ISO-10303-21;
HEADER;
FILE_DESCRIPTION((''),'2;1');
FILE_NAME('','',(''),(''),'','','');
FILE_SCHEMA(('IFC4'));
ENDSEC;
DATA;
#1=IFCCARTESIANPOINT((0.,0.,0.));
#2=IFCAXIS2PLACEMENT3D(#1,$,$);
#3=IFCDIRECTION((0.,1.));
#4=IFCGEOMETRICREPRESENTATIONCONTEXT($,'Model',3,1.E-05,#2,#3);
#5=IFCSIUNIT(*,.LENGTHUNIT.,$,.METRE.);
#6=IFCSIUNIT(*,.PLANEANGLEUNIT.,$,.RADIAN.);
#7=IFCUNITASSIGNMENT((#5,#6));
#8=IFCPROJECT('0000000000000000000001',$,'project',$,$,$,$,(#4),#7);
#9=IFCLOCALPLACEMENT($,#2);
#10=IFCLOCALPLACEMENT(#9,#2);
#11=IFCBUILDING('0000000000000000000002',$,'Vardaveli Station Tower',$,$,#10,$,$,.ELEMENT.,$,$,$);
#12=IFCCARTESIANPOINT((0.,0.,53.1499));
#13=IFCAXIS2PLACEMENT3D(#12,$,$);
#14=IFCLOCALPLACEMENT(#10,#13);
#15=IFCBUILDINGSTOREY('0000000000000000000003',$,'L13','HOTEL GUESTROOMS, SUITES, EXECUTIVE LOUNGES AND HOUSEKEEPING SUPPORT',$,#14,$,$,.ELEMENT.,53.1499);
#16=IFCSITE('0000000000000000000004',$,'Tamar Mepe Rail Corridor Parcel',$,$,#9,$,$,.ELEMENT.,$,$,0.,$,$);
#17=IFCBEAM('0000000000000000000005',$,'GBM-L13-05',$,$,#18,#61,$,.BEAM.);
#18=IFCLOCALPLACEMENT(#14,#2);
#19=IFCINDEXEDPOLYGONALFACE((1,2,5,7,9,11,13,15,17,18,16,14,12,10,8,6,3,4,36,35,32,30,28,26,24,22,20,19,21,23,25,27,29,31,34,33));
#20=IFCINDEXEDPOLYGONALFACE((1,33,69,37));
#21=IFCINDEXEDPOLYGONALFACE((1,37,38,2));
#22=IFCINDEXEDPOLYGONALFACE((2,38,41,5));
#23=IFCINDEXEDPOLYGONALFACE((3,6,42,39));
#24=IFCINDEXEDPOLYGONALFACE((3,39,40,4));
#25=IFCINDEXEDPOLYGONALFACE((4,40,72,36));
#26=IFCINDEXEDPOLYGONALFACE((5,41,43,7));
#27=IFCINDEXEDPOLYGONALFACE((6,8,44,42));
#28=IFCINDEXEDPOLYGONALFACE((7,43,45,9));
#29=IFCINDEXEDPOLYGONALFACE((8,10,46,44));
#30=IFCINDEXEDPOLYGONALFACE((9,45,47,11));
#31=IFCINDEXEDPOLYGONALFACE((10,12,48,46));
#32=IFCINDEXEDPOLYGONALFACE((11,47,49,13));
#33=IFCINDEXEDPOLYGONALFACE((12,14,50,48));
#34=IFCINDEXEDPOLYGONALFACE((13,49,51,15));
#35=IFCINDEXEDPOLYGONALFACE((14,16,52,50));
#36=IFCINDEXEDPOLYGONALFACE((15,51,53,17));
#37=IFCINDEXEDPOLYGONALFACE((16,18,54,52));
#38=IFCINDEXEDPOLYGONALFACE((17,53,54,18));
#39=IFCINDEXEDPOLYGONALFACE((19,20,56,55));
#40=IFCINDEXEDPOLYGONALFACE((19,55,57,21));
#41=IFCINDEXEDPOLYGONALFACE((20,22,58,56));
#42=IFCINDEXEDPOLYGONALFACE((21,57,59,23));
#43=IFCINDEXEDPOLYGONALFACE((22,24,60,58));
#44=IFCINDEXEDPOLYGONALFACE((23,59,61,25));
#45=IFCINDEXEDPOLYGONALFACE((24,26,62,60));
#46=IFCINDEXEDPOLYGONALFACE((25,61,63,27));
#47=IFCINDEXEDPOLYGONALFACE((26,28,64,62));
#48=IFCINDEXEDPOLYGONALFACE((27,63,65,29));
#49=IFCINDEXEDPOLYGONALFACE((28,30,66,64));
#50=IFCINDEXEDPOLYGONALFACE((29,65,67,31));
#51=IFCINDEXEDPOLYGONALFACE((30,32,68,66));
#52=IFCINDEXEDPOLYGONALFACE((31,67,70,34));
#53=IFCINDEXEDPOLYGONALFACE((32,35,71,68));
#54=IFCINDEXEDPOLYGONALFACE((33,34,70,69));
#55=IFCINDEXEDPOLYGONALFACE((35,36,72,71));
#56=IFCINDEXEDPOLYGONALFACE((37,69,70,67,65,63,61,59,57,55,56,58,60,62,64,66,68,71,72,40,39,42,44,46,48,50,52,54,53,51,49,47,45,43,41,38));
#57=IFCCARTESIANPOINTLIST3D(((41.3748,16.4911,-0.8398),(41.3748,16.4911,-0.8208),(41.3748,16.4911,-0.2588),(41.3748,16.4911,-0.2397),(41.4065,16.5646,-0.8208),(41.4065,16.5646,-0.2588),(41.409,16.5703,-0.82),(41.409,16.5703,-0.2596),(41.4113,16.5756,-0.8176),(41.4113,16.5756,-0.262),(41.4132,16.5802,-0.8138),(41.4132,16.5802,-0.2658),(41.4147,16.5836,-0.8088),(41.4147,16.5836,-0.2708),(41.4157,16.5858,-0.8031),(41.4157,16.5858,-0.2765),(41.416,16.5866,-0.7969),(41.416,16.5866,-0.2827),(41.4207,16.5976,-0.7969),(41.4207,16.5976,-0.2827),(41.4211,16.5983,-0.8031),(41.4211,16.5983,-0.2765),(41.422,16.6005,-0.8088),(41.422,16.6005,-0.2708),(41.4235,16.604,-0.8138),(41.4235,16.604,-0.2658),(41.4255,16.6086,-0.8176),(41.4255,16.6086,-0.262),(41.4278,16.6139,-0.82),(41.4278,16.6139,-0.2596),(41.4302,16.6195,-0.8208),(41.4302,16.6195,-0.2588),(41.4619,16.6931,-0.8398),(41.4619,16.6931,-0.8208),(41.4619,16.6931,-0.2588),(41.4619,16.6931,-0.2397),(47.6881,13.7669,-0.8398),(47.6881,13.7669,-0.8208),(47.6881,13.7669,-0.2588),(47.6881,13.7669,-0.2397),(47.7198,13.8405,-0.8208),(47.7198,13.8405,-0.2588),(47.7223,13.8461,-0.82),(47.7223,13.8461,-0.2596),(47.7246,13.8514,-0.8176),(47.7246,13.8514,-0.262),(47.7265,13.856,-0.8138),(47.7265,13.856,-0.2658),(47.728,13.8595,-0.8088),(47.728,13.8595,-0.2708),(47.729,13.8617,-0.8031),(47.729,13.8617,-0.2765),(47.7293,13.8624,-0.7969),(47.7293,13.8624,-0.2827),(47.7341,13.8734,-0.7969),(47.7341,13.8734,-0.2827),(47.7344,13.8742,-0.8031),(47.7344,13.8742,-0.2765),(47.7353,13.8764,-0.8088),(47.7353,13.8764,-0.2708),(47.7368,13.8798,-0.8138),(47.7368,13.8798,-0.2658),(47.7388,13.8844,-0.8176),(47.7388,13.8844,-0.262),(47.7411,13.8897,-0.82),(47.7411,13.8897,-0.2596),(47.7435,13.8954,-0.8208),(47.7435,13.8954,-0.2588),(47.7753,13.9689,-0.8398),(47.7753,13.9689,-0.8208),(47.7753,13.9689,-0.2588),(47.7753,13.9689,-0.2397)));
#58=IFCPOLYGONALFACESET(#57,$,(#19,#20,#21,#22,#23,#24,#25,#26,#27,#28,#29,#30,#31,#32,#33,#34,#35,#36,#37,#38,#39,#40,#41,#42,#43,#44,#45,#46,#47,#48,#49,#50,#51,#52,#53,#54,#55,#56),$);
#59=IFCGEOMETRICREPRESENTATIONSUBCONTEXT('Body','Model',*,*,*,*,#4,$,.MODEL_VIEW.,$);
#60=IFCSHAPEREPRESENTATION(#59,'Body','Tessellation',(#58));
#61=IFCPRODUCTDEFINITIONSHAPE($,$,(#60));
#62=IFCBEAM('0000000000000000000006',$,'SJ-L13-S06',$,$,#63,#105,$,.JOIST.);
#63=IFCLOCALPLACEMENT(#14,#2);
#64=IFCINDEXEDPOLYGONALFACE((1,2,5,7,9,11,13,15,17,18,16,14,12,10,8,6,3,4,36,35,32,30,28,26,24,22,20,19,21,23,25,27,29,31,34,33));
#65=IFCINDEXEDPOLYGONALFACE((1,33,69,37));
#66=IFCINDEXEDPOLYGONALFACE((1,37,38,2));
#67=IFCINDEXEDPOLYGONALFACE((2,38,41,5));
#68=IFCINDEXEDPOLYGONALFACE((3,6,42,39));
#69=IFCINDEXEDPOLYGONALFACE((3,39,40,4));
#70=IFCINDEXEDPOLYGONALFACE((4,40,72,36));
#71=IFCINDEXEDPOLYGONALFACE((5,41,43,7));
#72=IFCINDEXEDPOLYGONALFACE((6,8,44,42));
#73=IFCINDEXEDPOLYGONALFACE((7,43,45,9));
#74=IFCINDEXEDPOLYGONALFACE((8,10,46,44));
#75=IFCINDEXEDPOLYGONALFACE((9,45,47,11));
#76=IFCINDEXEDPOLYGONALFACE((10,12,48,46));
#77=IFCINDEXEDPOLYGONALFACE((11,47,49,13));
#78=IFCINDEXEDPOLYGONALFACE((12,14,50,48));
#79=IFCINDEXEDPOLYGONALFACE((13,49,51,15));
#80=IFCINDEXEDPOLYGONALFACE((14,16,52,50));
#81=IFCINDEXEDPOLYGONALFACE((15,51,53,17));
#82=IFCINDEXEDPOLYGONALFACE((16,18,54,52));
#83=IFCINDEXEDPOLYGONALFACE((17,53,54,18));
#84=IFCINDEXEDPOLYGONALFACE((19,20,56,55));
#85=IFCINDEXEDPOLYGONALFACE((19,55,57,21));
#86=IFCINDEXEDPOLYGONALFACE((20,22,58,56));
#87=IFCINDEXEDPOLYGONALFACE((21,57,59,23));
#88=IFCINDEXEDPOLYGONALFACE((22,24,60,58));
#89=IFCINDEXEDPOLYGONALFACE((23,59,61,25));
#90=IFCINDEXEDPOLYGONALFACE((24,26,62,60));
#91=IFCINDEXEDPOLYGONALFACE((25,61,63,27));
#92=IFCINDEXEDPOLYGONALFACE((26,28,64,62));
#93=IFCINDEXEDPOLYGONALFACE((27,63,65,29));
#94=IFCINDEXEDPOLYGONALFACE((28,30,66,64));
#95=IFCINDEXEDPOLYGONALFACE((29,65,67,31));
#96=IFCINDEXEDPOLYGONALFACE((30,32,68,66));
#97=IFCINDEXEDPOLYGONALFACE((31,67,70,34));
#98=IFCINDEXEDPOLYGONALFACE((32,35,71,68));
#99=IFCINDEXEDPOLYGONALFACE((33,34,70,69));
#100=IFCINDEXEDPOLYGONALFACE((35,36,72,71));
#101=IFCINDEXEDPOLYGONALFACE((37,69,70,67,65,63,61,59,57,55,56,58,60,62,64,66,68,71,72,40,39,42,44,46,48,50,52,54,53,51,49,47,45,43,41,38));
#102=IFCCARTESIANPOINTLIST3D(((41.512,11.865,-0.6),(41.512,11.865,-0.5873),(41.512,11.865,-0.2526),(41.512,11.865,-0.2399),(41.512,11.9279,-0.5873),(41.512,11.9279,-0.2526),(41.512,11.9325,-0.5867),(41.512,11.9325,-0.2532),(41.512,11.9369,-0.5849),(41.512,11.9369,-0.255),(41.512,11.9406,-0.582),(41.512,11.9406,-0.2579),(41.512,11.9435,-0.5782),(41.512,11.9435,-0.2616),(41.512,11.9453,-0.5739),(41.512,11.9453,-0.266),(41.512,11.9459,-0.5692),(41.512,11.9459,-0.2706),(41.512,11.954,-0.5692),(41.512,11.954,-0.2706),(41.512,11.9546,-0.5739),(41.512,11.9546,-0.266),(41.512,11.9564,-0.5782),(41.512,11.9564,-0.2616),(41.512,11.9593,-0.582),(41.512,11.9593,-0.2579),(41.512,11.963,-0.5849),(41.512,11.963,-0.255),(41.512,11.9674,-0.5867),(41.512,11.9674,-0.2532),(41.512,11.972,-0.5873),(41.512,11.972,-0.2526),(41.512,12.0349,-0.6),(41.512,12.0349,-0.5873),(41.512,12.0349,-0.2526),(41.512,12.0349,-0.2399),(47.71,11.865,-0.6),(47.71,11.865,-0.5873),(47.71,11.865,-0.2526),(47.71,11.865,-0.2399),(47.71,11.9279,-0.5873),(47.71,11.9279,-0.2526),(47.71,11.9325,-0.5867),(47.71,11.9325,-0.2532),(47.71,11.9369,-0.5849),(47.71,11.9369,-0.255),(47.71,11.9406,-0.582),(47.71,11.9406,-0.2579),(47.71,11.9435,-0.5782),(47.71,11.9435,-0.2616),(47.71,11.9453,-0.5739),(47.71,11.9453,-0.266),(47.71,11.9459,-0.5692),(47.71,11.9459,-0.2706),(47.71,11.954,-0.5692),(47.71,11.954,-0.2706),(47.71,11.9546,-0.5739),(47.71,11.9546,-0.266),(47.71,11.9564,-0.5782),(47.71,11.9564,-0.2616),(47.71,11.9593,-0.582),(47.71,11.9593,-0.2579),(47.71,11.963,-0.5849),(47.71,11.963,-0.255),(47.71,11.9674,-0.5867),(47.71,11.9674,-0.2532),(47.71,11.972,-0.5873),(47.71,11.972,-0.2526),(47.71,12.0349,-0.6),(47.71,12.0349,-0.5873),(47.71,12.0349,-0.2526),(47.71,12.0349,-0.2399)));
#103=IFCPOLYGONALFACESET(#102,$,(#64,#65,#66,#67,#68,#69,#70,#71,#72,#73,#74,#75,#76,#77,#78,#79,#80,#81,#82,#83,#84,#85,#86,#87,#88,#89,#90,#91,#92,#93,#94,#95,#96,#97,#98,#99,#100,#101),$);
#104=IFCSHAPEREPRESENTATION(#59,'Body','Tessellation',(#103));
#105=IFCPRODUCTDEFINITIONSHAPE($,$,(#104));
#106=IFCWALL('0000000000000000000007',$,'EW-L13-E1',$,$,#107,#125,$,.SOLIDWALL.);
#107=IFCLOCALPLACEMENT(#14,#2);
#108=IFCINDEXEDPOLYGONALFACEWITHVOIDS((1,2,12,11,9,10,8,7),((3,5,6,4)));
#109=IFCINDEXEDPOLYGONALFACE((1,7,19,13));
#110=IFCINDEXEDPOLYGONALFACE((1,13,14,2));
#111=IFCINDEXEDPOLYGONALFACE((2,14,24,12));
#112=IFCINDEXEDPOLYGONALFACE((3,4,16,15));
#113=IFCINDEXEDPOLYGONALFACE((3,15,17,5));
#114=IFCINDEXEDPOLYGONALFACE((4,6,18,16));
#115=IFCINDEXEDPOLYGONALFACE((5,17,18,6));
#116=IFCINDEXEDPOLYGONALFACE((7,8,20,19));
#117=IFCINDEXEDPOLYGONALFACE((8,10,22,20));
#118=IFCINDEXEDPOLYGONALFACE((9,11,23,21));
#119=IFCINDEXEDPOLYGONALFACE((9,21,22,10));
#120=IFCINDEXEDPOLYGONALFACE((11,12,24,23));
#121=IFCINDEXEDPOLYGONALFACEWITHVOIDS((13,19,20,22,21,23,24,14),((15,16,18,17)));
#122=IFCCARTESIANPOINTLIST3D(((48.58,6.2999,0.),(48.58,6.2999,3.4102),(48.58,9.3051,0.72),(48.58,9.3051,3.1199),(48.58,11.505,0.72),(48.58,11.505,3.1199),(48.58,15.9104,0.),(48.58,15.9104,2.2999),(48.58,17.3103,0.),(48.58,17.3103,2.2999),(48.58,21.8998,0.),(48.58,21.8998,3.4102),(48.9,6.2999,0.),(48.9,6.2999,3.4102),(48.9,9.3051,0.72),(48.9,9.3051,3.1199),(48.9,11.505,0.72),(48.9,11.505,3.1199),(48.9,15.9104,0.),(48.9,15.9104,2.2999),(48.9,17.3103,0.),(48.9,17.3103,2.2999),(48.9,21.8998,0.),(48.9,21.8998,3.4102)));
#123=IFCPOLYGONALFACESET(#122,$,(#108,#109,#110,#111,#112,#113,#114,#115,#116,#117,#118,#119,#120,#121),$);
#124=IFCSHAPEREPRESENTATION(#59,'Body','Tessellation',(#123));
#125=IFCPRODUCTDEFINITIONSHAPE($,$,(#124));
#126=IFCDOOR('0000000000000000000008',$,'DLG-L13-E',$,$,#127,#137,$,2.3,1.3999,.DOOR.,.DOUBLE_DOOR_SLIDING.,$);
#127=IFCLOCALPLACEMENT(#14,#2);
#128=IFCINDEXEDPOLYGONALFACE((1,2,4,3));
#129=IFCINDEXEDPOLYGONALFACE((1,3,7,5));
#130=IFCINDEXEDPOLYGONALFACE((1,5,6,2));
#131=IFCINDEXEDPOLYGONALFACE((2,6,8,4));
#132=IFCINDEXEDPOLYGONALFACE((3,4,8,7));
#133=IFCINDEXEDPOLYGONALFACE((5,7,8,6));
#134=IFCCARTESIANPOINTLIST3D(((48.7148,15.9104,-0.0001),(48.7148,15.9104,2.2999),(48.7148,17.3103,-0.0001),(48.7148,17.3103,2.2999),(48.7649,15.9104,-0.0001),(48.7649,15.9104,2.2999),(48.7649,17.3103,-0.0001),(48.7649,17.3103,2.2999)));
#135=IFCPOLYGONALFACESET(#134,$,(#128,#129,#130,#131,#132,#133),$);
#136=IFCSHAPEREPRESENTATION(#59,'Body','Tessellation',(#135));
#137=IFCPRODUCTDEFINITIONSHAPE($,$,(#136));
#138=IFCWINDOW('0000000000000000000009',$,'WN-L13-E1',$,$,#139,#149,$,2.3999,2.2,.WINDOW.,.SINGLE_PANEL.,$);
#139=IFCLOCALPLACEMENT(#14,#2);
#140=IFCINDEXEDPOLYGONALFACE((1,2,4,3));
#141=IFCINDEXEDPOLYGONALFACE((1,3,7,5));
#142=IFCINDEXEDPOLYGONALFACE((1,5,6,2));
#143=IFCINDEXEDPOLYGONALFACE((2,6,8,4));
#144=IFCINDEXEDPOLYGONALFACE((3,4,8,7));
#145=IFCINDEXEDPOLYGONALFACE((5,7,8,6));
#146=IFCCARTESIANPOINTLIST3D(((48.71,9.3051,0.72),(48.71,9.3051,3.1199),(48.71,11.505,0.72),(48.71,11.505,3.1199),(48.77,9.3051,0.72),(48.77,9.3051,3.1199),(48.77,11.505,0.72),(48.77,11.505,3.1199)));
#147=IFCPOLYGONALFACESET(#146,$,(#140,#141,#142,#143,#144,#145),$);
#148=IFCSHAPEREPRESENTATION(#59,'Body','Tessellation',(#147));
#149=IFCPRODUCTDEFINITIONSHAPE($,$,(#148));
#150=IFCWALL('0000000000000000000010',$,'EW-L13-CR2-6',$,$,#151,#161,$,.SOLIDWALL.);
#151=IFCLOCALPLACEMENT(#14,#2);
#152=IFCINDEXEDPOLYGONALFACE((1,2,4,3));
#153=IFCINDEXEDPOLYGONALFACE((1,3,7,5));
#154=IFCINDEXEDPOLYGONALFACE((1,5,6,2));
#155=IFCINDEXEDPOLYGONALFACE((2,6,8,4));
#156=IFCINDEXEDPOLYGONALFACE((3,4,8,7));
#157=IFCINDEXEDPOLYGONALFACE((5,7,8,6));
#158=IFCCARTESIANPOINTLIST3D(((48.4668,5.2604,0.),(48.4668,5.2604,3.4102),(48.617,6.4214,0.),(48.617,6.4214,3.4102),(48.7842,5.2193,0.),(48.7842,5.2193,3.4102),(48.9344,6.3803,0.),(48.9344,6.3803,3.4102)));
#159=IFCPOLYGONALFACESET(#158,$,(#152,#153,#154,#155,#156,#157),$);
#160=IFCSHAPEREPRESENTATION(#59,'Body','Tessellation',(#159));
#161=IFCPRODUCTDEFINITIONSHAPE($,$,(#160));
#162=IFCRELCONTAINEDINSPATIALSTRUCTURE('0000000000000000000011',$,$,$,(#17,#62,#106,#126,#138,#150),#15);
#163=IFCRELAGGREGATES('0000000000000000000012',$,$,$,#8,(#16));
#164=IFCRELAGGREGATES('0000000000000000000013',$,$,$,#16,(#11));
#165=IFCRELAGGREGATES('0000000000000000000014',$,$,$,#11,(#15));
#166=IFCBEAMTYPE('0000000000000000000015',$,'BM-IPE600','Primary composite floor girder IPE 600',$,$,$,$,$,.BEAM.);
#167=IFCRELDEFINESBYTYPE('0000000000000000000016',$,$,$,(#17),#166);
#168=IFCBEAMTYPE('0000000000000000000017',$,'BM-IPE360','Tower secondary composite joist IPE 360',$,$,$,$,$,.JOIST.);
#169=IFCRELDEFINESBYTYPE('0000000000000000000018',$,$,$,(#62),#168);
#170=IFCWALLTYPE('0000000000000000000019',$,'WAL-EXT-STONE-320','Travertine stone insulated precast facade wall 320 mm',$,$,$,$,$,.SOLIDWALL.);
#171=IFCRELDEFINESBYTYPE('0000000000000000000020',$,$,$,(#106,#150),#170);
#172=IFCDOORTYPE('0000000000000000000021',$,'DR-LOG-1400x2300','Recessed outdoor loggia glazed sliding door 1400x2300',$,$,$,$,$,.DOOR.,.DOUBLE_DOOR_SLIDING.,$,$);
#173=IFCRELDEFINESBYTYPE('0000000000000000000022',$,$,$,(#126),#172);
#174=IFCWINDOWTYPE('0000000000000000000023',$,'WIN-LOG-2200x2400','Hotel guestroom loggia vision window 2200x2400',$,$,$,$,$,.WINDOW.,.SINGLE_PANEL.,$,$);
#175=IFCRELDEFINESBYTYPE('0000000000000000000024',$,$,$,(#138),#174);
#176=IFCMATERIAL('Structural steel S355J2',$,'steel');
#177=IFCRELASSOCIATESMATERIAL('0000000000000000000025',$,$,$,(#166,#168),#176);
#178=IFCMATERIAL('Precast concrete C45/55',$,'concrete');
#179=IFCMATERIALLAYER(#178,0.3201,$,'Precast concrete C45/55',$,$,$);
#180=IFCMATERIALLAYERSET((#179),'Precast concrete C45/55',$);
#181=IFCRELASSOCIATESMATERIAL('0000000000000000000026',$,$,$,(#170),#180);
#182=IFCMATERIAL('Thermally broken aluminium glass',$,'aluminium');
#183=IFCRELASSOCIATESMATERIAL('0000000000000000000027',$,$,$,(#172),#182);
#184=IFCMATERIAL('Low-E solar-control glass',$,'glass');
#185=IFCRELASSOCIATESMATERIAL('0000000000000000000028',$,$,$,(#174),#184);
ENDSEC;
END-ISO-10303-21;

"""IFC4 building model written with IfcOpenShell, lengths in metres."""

from ifc_helpers import new_model, si_unit, direction, frame, frame_2d, origin, origin_2d, place, context, subcontext, project, spatial, rectangle, i_section, extrude, source, transform, mapped, material, layer, layer_set, material_profile, profile_set, type_object, element, fill, save


model = new_model("IFC4")

# Units and contexts
model_context = context("Model", 3, precision=1e-05, world=origin(), true_north=direction((0.0, 1.0)))
body_context = subcontext(model_context, "Body", "Model", "MODEL_VIEW")
ifc_project = project(units=[si_unit("LENGTHUNIT", "METRE"), si_unit("PLANEANGLEUNIT", "RADIAN")], contexts=[model_context])

# Site, building, storey
site_placement = place(None, origin())
site = spatial("IfcSite", under=ifc_project, at=site_placement, Name="Tamar Mepe Rail Corridor Parcel", CompositionType="ELEMENT", RefElevation=0.0)
building_placement = place(site_placement, origin())
building = spatial("IfcBuilding", under=site, at=building_placement, Name="Vardaveli Station Tower", CompositionType="ELEMENT")
storey_placement = place(building_placement, frame((0.0, 0.0, 53.1499)))
storey = spatial("IfcBuildingStorey", under=building, at=storey_placement, Name="L13", Description="HOTEL GUESTROOMS, SUITES, EXECUTIVE LOUNGES AND HOUSEKEEPING SUPPORT", CompositionType="ELEMENT", Elevation=53.1499)

# Beams
ifc_material_1 = material(Name="Precast concrete C45/55", Category="concrete")
ifc_material_2 = material(Name="Structural steel S355J2", Category="steel")
ifc_material_profile_1 = material_profile(ifc_material_2, i_section(OverallWidth=0.22, OverallDepth=0.6001, WebThickness=0.012, FlangeThickness=0.019, FilletRadius=0.0239, at=origin_2d()), Name="IPE 600")
ifc_profile_set_1 = profile_set([ifc_material_profile_1], Name="Structural steel S355J2")
beam_type_1 = type_object("IfcBeamType", Name="BM-IPE600", Description="Primary composite floor girder IPE 600", PredefinedType="BEAM", material=ifc_profile_set_1)
shared_shape_1 = source(origin(), body_context, "Body", "SweptSolid", [
    extrude(i_section(OverallWidth=0.22, OverallDepth=0.6001, WebThickness=0.012, FlangeThickness=0.019, FilletRadius=0.0239, at=origin_2d()), origin(), (0.0, 0.0, 1.0), 6.876),
])
beam_1_placement = place(storey_placement, frame((47.7317, 13.8679, -0.5398), z_axis=(-0.918171, 0.396185, 0.0), x_axis=(-0.396185, -0.918171, 0.0)))
element("IfcBeam", 1, at=beam_1_placement, inside=storey, type_object=beam_type_1, Name="GBM-L13-05", PredefinedType="BEAM", context=body_context, shape_type="MappedRepresentation", body=[
    mapped(shared_shape_1, transform((0.0, 0.0, 0.0), scale=1.0)),
])
ifc_material_profile_2 = material_profile(ifc_material_2, i_section(OverallWidth=0.1699, OverallDepth=0.3601, WebThickness=0.0081, FlangeThickness=0.0127, FilletRadius=0.0181, at=origin_2d()), Name="IPE 360")
ifc_profile_set_2 = profile_set([ifc_material_profile_2], Name="Structural steel S355J2")
beam_type_2 = type_object("IfcBeamType", Name="BM-IPE360", Description="Tower secondary composite joist IPE 360", PredefinedType="JOIST", material=ifc_profile_set_2)
shared_shape_2 = source(origin(), body_context, "Body", "SweptSolid", [
    extrude(i_section(OverallWidth=0.1699, OverallDepth=0.3601, WebThickness=0.0081, FlangeThickness=0.0127, FilletRadius=0.0181, at=origin_2d()), origin(), (0.0, 0.0, 1.0), 6.198),
])
beam_2_placement = place(storey_placement, frame((41.512, 11.95, -0.4199), z_axis=(1.0, 0.0, 0.0), x_axis=(0.0, 1.0, 0.0)))
element("IfcBeam", 2, at=beam_2_placement, inside=storey, type_object=beam_type_2, Name="SJ-L13-S06", PredefinedType="JOIST", context=body_context, shape_type="MappedRepresentation", body=[
    mapped(shared_shape_2, transform((0.0, 0.0, 0.0), scale=1.0)),
])

# Wall, openings, door, window
ifc_layer_1 = layer(ifc_material_1, 0.3201, Name="Precast concrete C45/55")
ifc_layer_set_1 = layer_set([ifc_layer_1], Name="Precast concrete C45/55")
wall_type_1 = type_object("IfcWallType", Name="WAL-EXT-STONE-320", Description="Travertine stone insulated precast facade wall 320 mm", PredefinedType="SOLIDWALL", material=ifc_layer_set_1)
shared_shape_3 = source(origin(), body_context, "Body", "SweptSolid", [
    extrude(rectangle(XDim=15.5999, YDim=0.3201, at=frame_2d((7.7998, 0.0))), origin(), (0.0, 0.0, 1.0), 3.4102),
])
wall_1_placement = place(storey_placement, frame((48.74, 6.3, 0.0), z_axis=(0.0, 0.0, 1.0), x_axis=(0.0, 1.0, 0.0)))
wall_1 = element("IfcWall", 3, at=wall_1_placement, inside=storey, type_object=wall_type_1, Name="EW-L13-E1", PredefinedType="SOLIDWALL", context=body_context, shape_type="MappedRepresentation", body=[
    mapped(shared_shape_3, transform((0.0, 0.0, 0.0), scale=1.0)),
])
shared_shape_4 = source(origin(), body_context, "Body", "SweptSolid", [
    extrude(rectangle(XDim=1.3999, YDim=2.3, at=frame_2d((0.7, 1.1499))), frame((0.0, 0.1699, 0.0), z_axis=(0.0, -1.0, 0.0), x_axis=(1.0, 0.0, 0.0)), (0.0, 0.0, 1.0), 0.3401),
])
opening_1_placement = place(wall_1_placement, frame((9.6104, 0.0, 0.0)))
opening_1 = element("IfcOpeningElement", 4, at=opening_1_placement, cuts=wall_1, PredefinedType="OPENING", context=body_context, shape_type="MappedRepresentation", body=[
    mapped(shared_shape_4, transform((0.0, 0.0, 0.0), scale=1.0)),
])
shared_shape_5 = source(origin(), body_context, "Body", "SweptSolid", [
    extrude(rectangle(XDim=2.2, YDim=2.3999, at=frame_2d((1.1001, 1.2))), frame((0.0, 0.1699, 0.0), z_axis=(0.0, -1.0, 0.0), x_axis=(1.0, 0.0, 0.0)), (0.0, 0.0, 1.0), 0.3401),
])
opening_2_placement = place(wall_1_placement, frame((3.0049, 0.0, 0.72)))
opening_2 = element("IfcOpeningElement", 5, at=opening_2_placement, cuts=wall_1, PredefinedType="OPENING", context=body_context, shape_type="MappedRepresentation", body=[
    mapped(shared_shape_5, transform((0.0, 0.0, 0.0), scale=1.0)),
])
ifc_material_3 = material(Name="Thermally broken aluminium glass", Category="aluminium")
door_type_1 = type_object("IfcDoorType", Name="DR-LOG-1400x2300", Description="Recessed outdoor loggia glazed sliding door 1400x2300", OperationType="DOUBLE_DOOR_SLIDING", PredefinedType="DOOR", material=ifc_material_3)
shared_shape_6 = source(origin(), body_context, "Body", "SweptSolid", [
    extrude(rectangle(XDim=1.3999, YDim=2.3, at=frame_2d((0.7, 1.1499))), frame((0.0, 0.0249, 0.0), z_axis=(0.0, -1.0, 0.0), x_axis=(1.0, 0.0, 0.0)), (0.0, 0.0, 1.0), 0.05),
])
door_1_placement = place(opening_1_placement, frame((1.3999, 0.0, 0.0), z_axis=(0.0, 0.0, 1.0), x_axis=(-1.0, 0.0, 0.0)))
door_1 = element("IfcDoor", 6, at=door_1_placement, inside=storey, type_object=door_type_1, Name="DLG-L13-E", OperationType="DOUBLE_DOOR_SLIDING", OverallHeight=2.3, OverallWidth=1.3999, PredefinedType="DOOR", context=body_context, shape_type="MappedRepresentation", body=[
    mapped(shared_shape_6, transform((0.0, 0.0, 0.0), scale=1.0)),
])
fill(opening_1, door_1)
ifc_material_4 = material(Name="Low-E solar-control glass", Category="glass")
window_type = type_object("IfcWindowType", Name="WIN-LOG-2200x2400", Description="Hotel guestroom loggia vision window 2200x2400", PartitioningType="SINGLE_PANEL", PredefinedType="WINDOW", material=ifc_material_4)
shared_shape_7 = source(origin(), body_context, "Body", "SweptSolid", [
    extrude(rectangle(XDim=2.2, YDim=2.3999, at=frame_2d((1.1001, 1.2))), frame((0.0, 0.03, 0.0), z_axis=(0.0, -1.0, 0.0), x_axis=(1.0, 0.0, 0.0)), (0.0, 0.0, 1.0), 0.0601),
])
window_placement = place(opening_2_placement, origin())
window = element("IfcWindow", 7, at=window_placement, inside=storey, type_object=window_type, Name="WN-L13-E1", OverallHeight=2.3999, OverallWidth=2.2, PartitioningType="SINGLE_PANEL", PredefinedType="WINDOW", context=body_context, shape_type="MappedRepresentation", body=[
    mapped(shared_shape_7, transform((0.0, 0.0, 0.0), scale=1.0)),
])
fill(opening_2, window)

# Wall
shared_shape_8 = source(origin(), body_context, "Body", "SweptSolid", [
    extrude(rectangle(XDim=1.1707, YDim=0.3201, at=frame_2d((0.5854, 0.0))), origin(), (0.0, 0.0, 1.0), 3.4102),
])
wall_2_placement = place(storey_placement, frame((48.6255, 5.2397, 0.0), z_axis=(0.0, 0.0, 1.0), x_axis=(0.128269, 0.991739, 0.0)))
element("IfcWall", 8, at=wall_2_placement, inside=storey, type_object=wall_type_1, Name="EW-L13-CR2-6", PredefinedType="SOLIDWALL", context=body_context, shape_type="MappedRepresentation", body=[
    mapped(shared_shape_8, transform((0.0, 0.0, 0.0), scale=1.0)),
])

save(model, "model.ifc")
